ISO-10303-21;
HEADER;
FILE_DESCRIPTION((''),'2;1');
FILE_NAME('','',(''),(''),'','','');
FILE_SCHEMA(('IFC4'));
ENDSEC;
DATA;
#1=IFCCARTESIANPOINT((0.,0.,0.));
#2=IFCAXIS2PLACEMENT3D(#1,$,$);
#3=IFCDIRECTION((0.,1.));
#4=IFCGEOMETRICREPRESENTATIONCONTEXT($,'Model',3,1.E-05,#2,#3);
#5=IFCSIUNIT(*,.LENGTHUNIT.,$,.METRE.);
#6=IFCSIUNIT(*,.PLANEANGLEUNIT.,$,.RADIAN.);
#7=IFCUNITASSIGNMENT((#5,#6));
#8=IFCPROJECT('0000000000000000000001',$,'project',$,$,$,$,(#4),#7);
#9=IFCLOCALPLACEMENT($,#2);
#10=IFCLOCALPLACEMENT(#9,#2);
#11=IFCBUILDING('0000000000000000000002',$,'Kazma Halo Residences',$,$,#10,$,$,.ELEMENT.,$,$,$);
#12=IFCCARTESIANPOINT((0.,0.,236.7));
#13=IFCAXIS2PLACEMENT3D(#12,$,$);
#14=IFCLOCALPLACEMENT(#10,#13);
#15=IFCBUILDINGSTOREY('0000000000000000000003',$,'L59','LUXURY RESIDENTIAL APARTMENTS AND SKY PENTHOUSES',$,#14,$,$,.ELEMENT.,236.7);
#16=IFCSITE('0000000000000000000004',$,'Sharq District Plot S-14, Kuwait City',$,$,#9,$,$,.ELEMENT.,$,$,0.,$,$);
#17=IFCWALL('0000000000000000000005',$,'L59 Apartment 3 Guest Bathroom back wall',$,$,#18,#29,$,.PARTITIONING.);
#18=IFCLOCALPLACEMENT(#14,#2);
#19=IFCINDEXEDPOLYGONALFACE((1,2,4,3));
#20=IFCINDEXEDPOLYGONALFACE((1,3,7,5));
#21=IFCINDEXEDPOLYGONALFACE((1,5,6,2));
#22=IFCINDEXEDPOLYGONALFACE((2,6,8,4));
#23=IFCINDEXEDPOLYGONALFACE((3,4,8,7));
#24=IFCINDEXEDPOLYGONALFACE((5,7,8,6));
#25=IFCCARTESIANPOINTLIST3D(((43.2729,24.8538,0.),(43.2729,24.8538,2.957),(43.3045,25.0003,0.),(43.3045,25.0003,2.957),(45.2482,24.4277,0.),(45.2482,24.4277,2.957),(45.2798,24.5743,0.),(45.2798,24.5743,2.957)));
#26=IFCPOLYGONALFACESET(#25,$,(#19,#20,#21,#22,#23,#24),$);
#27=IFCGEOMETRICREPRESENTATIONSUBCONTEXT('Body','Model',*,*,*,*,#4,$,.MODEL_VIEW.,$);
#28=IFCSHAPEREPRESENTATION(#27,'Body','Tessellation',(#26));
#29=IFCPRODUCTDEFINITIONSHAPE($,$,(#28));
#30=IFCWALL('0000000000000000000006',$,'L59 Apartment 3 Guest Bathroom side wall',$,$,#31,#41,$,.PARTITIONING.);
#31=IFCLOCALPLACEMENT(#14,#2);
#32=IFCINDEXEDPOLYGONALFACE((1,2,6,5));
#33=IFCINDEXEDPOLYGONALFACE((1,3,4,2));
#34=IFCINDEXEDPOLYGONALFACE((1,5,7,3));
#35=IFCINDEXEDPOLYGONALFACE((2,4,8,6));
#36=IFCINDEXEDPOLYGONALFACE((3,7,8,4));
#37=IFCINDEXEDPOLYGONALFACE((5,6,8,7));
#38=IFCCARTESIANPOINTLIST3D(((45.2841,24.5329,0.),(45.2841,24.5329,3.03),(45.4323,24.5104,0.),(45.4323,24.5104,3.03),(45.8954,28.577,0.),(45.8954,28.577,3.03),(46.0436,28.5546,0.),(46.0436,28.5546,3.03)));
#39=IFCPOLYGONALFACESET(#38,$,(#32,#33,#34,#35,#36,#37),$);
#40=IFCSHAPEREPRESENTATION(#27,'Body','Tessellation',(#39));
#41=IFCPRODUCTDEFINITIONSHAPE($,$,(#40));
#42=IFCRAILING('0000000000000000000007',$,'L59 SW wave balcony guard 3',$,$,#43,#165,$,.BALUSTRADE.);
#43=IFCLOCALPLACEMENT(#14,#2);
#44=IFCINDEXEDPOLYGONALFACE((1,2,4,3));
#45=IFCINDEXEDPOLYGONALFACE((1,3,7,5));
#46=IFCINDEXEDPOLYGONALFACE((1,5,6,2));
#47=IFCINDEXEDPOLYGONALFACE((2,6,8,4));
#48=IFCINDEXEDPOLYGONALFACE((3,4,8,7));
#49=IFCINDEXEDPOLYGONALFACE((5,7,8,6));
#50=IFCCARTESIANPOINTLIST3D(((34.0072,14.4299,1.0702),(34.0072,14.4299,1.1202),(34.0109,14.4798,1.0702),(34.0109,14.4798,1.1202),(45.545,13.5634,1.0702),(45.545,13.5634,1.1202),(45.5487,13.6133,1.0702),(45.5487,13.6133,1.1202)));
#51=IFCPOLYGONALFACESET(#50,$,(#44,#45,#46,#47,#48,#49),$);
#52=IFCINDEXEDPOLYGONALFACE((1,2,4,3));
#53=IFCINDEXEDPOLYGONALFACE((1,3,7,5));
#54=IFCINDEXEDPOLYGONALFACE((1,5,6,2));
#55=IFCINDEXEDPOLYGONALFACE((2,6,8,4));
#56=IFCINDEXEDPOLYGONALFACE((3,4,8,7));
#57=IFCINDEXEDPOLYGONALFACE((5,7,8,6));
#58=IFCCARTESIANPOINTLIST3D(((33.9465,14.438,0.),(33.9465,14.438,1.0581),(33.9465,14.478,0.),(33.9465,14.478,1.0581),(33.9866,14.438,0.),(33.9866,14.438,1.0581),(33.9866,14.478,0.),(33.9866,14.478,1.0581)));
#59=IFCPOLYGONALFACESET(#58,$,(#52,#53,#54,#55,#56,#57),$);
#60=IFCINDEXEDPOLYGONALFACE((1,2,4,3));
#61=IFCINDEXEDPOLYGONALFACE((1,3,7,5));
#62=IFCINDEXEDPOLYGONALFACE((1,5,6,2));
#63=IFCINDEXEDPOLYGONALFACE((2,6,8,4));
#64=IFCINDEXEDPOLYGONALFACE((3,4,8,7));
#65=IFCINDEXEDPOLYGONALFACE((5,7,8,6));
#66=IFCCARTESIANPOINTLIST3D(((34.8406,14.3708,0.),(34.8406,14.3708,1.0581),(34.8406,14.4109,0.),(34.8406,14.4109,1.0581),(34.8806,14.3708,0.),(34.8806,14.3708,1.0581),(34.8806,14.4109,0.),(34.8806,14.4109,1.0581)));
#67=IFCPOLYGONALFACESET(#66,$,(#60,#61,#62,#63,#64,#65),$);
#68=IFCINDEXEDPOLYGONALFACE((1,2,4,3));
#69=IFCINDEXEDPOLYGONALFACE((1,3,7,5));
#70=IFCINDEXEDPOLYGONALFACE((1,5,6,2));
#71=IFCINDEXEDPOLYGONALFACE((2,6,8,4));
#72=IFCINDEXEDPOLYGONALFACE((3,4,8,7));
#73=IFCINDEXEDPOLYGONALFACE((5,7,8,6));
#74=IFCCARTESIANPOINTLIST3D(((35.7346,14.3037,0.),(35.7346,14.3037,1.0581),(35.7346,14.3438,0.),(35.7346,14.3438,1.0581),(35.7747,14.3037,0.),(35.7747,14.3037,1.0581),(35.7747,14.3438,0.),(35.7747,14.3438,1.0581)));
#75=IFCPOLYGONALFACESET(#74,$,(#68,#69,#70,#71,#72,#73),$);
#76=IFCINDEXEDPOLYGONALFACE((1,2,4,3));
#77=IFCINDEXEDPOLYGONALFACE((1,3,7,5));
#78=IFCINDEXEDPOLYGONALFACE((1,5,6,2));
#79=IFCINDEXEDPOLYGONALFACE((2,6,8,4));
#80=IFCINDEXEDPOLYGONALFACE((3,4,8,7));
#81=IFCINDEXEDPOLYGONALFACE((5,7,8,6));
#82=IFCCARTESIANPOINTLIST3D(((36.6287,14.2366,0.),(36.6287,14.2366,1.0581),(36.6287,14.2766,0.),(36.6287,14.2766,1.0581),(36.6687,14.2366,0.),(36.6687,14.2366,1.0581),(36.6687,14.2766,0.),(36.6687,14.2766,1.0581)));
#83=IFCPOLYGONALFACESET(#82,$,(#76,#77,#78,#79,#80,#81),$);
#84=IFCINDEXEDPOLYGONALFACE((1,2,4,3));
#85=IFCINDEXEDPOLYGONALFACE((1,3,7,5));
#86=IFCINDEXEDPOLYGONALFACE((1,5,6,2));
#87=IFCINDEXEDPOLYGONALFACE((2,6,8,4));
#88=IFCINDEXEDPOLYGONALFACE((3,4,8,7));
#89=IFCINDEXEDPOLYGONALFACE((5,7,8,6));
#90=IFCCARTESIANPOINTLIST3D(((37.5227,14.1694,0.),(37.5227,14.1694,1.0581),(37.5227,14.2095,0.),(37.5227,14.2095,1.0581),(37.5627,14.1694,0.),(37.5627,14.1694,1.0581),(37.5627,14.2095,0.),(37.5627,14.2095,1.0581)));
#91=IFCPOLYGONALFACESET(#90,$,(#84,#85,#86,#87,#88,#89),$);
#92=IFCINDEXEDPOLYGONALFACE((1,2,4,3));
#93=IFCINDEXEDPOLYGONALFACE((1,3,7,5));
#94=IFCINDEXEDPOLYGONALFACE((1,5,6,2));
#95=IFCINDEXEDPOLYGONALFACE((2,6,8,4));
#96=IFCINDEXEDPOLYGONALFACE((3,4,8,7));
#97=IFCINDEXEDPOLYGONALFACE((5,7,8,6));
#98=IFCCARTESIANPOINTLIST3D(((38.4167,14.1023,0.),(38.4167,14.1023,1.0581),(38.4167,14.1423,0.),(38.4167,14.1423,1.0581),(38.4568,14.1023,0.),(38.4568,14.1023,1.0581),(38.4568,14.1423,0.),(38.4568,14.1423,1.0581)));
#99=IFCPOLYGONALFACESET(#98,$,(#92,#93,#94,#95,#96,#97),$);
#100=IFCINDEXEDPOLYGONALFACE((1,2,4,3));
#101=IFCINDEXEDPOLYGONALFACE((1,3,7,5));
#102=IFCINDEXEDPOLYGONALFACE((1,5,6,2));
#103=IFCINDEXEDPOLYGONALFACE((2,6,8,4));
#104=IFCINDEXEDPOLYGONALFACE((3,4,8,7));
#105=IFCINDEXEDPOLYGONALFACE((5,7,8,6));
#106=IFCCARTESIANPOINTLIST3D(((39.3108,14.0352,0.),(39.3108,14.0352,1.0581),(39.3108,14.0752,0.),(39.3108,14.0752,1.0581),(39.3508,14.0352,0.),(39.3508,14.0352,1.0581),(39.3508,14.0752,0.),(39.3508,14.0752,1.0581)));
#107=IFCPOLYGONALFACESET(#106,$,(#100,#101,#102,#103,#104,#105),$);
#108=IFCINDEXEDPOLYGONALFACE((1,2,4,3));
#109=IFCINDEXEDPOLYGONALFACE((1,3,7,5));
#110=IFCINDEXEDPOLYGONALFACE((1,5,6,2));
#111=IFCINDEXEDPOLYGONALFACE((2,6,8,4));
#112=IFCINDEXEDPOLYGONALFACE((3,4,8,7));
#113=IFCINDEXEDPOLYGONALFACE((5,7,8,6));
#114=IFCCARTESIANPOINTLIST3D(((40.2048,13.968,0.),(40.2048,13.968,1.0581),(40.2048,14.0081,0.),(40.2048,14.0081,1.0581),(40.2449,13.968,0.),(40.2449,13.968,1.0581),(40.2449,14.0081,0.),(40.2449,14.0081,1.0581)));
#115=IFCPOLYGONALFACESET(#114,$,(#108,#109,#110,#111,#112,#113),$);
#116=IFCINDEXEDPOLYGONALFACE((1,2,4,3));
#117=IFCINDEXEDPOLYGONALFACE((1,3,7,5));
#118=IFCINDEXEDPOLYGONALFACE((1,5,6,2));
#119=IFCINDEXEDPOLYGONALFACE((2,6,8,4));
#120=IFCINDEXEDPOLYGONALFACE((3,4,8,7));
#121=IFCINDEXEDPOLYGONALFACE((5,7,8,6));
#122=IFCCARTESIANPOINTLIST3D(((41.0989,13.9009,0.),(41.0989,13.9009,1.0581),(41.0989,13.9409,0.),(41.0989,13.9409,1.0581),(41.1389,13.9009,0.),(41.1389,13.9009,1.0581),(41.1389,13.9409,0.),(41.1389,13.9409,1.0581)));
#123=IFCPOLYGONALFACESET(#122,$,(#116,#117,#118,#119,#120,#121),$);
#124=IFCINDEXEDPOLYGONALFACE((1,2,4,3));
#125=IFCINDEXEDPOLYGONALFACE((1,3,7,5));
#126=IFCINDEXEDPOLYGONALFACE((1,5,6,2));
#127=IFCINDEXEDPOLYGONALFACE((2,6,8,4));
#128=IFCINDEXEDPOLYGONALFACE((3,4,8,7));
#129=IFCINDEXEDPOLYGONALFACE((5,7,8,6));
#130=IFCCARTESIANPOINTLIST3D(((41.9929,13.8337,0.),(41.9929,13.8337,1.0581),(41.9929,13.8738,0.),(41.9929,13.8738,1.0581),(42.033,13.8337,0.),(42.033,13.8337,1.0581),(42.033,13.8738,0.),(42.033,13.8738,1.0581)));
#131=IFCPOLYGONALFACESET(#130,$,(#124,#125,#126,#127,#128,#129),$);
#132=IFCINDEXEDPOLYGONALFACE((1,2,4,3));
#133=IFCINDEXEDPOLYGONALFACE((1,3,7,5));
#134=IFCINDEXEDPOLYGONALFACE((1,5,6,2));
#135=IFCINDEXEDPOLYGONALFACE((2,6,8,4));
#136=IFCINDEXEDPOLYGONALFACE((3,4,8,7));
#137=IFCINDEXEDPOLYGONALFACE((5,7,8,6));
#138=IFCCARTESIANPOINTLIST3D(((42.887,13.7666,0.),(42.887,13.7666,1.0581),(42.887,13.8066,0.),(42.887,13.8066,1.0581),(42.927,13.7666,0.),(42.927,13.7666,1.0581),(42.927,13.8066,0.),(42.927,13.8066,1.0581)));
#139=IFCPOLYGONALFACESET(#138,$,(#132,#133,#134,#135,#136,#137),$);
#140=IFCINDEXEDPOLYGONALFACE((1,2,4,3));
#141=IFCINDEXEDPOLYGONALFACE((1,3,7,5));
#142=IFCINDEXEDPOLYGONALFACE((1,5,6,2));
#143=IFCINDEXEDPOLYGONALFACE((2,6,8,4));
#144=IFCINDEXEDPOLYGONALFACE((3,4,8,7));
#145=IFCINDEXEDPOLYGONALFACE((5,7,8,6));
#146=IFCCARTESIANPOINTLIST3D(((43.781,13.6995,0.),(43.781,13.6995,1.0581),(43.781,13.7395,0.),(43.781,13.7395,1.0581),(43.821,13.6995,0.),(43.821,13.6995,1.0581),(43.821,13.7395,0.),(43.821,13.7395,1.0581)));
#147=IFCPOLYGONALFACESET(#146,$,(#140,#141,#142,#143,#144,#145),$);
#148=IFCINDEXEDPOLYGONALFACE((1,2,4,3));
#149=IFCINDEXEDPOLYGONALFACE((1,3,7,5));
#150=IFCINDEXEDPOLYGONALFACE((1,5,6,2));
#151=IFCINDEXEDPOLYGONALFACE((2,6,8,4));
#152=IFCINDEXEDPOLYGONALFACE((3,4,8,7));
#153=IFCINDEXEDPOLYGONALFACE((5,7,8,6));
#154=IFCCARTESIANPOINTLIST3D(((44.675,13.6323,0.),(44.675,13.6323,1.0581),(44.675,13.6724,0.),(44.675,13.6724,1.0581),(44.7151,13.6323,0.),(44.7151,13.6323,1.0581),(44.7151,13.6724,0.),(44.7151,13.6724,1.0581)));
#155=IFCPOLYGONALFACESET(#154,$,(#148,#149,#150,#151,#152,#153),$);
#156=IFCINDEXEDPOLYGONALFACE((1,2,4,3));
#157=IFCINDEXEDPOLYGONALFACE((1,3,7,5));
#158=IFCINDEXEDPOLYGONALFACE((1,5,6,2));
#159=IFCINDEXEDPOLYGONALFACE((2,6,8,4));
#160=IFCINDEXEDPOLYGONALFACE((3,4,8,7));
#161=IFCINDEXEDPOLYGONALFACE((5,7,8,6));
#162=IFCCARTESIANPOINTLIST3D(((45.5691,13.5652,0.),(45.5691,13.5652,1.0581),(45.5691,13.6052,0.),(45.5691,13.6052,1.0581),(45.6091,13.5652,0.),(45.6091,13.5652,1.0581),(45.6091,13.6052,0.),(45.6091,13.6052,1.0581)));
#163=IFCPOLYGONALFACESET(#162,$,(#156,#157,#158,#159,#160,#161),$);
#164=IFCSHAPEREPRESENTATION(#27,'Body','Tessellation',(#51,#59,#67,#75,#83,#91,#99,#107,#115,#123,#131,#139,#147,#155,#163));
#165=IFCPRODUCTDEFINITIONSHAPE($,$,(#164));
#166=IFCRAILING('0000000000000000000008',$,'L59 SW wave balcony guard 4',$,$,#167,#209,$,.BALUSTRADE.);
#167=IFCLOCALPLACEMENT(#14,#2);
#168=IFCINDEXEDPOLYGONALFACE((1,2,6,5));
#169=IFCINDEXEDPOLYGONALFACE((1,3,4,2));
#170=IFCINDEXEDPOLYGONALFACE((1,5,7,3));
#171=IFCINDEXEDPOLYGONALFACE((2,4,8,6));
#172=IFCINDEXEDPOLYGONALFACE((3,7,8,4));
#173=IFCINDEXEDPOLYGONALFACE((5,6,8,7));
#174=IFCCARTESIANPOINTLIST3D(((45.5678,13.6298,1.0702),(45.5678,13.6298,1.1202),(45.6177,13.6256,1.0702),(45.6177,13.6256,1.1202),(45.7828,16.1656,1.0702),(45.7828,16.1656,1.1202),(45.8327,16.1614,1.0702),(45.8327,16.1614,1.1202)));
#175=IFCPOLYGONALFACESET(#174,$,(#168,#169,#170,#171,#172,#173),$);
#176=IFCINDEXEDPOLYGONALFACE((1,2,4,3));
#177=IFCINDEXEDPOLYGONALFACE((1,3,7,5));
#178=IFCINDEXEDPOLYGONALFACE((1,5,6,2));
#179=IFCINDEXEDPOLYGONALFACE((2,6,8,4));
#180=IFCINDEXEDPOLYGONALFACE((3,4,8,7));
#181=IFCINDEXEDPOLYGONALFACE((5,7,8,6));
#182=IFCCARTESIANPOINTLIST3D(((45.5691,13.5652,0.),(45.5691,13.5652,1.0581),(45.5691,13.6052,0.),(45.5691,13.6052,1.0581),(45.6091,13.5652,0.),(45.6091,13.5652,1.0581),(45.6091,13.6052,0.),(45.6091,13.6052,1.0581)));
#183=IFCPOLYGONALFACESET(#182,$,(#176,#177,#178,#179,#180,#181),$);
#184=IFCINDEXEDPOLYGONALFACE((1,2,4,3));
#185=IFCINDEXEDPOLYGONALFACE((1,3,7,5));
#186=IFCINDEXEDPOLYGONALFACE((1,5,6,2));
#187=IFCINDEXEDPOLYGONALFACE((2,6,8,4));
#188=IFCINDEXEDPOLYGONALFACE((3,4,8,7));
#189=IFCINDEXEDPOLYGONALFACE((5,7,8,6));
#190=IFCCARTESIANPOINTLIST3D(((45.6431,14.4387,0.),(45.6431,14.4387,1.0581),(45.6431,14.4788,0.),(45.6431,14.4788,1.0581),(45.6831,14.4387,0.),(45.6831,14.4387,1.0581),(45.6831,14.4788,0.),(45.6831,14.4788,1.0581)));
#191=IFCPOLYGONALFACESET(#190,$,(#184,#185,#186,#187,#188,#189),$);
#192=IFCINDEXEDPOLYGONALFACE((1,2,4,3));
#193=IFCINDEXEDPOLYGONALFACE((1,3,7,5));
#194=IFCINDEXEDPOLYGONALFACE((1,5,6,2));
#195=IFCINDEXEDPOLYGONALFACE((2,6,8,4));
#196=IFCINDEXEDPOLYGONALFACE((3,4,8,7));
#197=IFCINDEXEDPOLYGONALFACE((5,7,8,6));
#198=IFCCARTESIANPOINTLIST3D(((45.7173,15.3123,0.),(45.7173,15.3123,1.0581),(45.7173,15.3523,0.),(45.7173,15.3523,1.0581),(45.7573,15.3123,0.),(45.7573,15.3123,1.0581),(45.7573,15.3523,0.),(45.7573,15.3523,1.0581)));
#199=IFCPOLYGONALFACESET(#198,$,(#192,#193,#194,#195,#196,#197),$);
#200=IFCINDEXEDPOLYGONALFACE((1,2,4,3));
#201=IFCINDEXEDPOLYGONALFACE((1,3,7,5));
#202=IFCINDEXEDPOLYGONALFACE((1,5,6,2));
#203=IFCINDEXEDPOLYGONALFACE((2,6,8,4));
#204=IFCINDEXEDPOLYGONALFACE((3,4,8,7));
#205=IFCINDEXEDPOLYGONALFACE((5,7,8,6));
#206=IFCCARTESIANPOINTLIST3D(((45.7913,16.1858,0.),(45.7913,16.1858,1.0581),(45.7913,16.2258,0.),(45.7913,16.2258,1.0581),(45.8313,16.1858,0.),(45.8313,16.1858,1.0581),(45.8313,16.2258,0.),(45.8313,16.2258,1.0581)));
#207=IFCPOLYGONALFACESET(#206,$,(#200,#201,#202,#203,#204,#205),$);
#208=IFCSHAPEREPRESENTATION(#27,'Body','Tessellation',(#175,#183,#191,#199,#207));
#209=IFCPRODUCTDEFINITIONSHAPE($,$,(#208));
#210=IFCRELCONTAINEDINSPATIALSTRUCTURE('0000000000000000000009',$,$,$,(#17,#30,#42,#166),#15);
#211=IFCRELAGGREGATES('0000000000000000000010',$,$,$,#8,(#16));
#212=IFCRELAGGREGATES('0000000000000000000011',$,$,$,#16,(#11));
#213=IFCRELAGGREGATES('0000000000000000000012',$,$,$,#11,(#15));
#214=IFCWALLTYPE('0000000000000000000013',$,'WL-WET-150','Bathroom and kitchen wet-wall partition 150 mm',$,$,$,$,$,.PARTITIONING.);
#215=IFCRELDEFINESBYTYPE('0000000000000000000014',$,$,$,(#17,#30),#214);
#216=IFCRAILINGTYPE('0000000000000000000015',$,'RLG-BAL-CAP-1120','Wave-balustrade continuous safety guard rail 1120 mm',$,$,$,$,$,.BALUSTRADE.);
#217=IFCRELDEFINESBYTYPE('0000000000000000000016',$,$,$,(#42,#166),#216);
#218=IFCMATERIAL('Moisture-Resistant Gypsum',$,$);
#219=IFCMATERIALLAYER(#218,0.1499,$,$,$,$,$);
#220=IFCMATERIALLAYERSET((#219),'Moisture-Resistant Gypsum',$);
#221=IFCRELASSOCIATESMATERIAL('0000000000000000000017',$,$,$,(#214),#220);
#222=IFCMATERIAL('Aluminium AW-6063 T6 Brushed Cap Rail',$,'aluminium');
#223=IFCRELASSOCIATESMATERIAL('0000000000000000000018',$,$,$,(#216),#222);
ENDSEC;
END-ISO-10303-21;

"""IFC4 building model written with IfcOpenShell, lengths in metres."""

from ifc_helpers import new_model, si_unit, direction, frame, frame_2d, origin, origin_2d, place, context, subcontext, project, spatial, rectangle, extrude, material, layer, layer_set, type_object, element, save


model = new_model("IFC4")

# Units and contexts
model_context = context("Model", 3, precision=1e-05, world=origin(), true_north=direction((0.0, 1.0)))
body_context = subcontext(model_context, "Body", "Model", "MODEL_VIEW")
ifc_project = project(units=[si_unit("LENGTHUNIT", "METRE"), si_unit("PLANEANGLEUNIT", "RADIAN")], contexts=[model_context])

# Site, building, storey
site_placement = place(None, origin())
site = spatial("IfcSite", under=ifc_project, at=site_placement, Name="Sharq District Plot S-14, Kuwait City", CompositionType="ELEMENT", RefElevation=0.0)
building_placement = place(site_placement, origin())
building = spatial("IfcBuilding", under=site, at=building_placement, Name="Kazma Halo Residences", CompositionType="ELEMENT")
storey_placement = place(building_placement, frame((0.0, 0.0, 236.7)))
storey = spatial("IfcBuildingStorey", under=building, at=storey_placement, Name="L59", Description="LUXURY RESIDENTIAL APARTMENTS AND SKY PENTHOUSES", CompositionType="ELEMENT", Elevation=236.7)

# Shared definitions
ifc_material_1 = material(Name="Moisture-Resistant Gypsum")
ifc_layer_1 = layer(ifc_material_1, 0.1499)
ifc_layer_set_1 = layer_set([ifc_layer_1], Name="Moisture-Resistant Gypsum")
wall_type_1 = type_object("IfcWallType", Name="WL-WET-150", Description="Bathroom and kitchen wet-wall partition 150 mm", PredefinedType="PARTITIONING", material=ifc_layer_set_1)

# Walls
wall_1_placement = place(storey_placement, frame((43.2888, 24.927, 0.0), z_axis=(0.0, 0.0, 1.0), x_axis=(0.977524, -0.210824, 0.0)))
element("IfcWall", 1, at=wall_1_placement, inside=storey, type_object=wall_type_1, Name="L59 Apartment 3 Guest Bathroom back wall", PredefinedType="PARTITIONING", context=body_context, shape_type="SweptSolid", body=[
    extrude(rectangle(XDim=2.0208, YDim=0.1499, at=frame_2d((1.0103, 0.0))), origin(), (0.0, 0.0, 1.0), 2.957),
])
wall_2_placement = place(storey_placement, frame((45.9695, 28.5657, 0.0), z_axis=(0.0, 0.0, 1.0), x_axis=(-0.149464, -0.988767, 0.0)))
element("IfcWall", 2, at=wall_2_placement, inside=storey, type_object=wall_type_1, Name="L59 Apartment 3 Guest Bathroom side wall", PredefinedType="PARTITIONING", context=body_context, shape_type="SweptSolid", body=[
    extrude(rectangle(XDim=4.0901, YDim=0.1499, at=frame_2d((2.0449, 0.0))), origin(), (0.0, 0.0, 1.0), 3.03),
])

# Railings
ifc_material_2 = material(Name="Aluminium AW-6063 T6 Brushed Cap Rail", Category="aluminium")
railing_type = type_object("IfcRailingType", Name="RLG-BAL-CAP-1120", Description="Wave-balustrade continuous safety guard rail 1120 mm", PredefinedType="BALUSTRADE", material=ifc_material_2)
railing_1_placement = place(storey_placement, frame((33.9666, 14.458, 0.0)))
element("IfcRailing", 3, at=railing_1_placement, inside=storey, type_object=railing_type, Name="L59 SW wave balcony guard 3", PredefinedType="BALUSTRADE", context=body_context, shape_type="SweptSolid", body=[
    extrude(rectangle(XDim=0.05, YDim=0.05, at=origin_2d()), frame((0.0425, -0.0032, 1.0952), z_axis=(0.997192, -0.074885, 0.0), x_axis=(0.074885, 0.997192, 0.0)), (0.0, 0.0, 1.0), 11.5703),
    extrude(rectangle(XDim=0.04, YDim=0.04, at=origin_2d()), origin(), (0.0, 0.0, 1.0), 1.0581),
    extrude(rectangle(XDim=0.04, YDim=0.04, at=origin_2d()), frame((0.894, -0.0671, 0.0)), (0.0, 0.0, 1.0), 1.0581),
    extrude(rectangle(XDim=0.04, YDim=0.04, at=origin_2d()), frame((1.7881, -0.1343, 0.0)), (0.0, 0.0, 1.0), 1.0581),
    extrude(rectangle(XDim=0.04, YDim=0.04, at=origin_2d()), frame((2.6821, -0.2014, 0.0)), (0.0, 0.0, 1.0), 1.0581),
    extrude(rectangle(XDim=0.04, YDim=0.04, at=origin_2d()), frame((3.5762, -0.2686, 0.0)), (0.0, 0.0, 1.0), 1.0581),
    extrude(rectangle(XDim=0.04, YDim=0.04, at=origin_2d()), frame((4.4702, -0.3357, 0.0)), (0.0, 0.0, 1.0), 1.0581),
    extrude(rectangle(XDim=0.04, YDim=0.04, at=origin_2d()), frame((5.3643, -0.4028, 0.0)), (0.0, 0.0, 1.0), 1.0581),
    extrude(rectangle(XDim=0.04, YDim=0.04, at=origin_2d()), frame((6.2583, -0.47, 0.0)), (0.0, 0.0, 1.0), 1.0581),
    extrude(rectangle(XDim=0.04, YDim=0.04, at=origin_2d()), frame((7.1523, -0.5371, 0.0)), (0.0, 0.0, 1.0), 1.0581),
    extrude(rectangle(XDim=0.04, YDim=0.04, at=origin_2d()), frame((8.0464, -0.6042, 0.0)), (0.0, 0.0, 1.0), 1.0581),
    extrude(rectangle(XDim=0.04, YDim=0.04, at=origin_2d()), frame((8.9404, -0.6714, 0.0)), (0.0, 0.0, 1.0), 1.0581),
    extrude(rectangle(XDim=0.04, YDim=0.04, at=origin_2d()), frame((9.8345, -0.7385, 0.0)), (0.0, 0.0, 1.0), 1.0581),
    extrude(rectangle(XDim=0.04, YDim=0.04, at=origin_2d()), frame((10.7285, -0.8057, 0.0)), (0.0, 0.0, 1.0), 1.0581),
    extrude(rectangle(XDim=0.04, YDim=0.04, at=origin_2d()), frame((11.6226, -0.8728, 0.0)), (0.0, 0.0, 1.0), 1.0581),
])
railing_2_placement = place(storey_placement, frame((45.5891, 13.5852, 0.0)))
element("IfcRailing", 4, at=railing_2_placement, inside=storey, type_object=railing_type, Name="L59 SW wave balcony guard 4", PredefinedType="BALUSTRADE", context=body_context, shape_type="SweptSolid", body=[
    extrude(rectangle(XDim=0.05, YDim=0.05, at=origin_2d()), frame((0.0037, 0.0425, 1.0952), z_axis=(0.084474, 0.996426, 0.0), x_axis=(-0.996426, 0.084474, 0.0)), (0.0, 0.0, 1.0), 2.5449),
    extrude(rectangle(XDim=0.04, YDim=0.04, at=origin_2d()), origin(), (0.0, 0.0, 1.0), 1.0581),
    extrude(rectangle(XDim=0.04, YDim=0.04, at=origin_2d()), frame((0.074, 0.8735, 0.0)), (0.0, 0.0, 1.0), 1.0581),
    extrude(rectangle(XDim=0.04, YDim=0.04, at=origin_2d()), frame((0.1482, 1.7471, 0.0)), (0.0, 0.0, 1.0), 1.0581),
    extrude(rectangle(XDim=0.04, YDim=0.04, at=origin_2d()), frame((0.2222, 2.6206, 0.0)), (0.0, 0.0, 1.0), 1.0581),
])

save(model, "model.ifc")
